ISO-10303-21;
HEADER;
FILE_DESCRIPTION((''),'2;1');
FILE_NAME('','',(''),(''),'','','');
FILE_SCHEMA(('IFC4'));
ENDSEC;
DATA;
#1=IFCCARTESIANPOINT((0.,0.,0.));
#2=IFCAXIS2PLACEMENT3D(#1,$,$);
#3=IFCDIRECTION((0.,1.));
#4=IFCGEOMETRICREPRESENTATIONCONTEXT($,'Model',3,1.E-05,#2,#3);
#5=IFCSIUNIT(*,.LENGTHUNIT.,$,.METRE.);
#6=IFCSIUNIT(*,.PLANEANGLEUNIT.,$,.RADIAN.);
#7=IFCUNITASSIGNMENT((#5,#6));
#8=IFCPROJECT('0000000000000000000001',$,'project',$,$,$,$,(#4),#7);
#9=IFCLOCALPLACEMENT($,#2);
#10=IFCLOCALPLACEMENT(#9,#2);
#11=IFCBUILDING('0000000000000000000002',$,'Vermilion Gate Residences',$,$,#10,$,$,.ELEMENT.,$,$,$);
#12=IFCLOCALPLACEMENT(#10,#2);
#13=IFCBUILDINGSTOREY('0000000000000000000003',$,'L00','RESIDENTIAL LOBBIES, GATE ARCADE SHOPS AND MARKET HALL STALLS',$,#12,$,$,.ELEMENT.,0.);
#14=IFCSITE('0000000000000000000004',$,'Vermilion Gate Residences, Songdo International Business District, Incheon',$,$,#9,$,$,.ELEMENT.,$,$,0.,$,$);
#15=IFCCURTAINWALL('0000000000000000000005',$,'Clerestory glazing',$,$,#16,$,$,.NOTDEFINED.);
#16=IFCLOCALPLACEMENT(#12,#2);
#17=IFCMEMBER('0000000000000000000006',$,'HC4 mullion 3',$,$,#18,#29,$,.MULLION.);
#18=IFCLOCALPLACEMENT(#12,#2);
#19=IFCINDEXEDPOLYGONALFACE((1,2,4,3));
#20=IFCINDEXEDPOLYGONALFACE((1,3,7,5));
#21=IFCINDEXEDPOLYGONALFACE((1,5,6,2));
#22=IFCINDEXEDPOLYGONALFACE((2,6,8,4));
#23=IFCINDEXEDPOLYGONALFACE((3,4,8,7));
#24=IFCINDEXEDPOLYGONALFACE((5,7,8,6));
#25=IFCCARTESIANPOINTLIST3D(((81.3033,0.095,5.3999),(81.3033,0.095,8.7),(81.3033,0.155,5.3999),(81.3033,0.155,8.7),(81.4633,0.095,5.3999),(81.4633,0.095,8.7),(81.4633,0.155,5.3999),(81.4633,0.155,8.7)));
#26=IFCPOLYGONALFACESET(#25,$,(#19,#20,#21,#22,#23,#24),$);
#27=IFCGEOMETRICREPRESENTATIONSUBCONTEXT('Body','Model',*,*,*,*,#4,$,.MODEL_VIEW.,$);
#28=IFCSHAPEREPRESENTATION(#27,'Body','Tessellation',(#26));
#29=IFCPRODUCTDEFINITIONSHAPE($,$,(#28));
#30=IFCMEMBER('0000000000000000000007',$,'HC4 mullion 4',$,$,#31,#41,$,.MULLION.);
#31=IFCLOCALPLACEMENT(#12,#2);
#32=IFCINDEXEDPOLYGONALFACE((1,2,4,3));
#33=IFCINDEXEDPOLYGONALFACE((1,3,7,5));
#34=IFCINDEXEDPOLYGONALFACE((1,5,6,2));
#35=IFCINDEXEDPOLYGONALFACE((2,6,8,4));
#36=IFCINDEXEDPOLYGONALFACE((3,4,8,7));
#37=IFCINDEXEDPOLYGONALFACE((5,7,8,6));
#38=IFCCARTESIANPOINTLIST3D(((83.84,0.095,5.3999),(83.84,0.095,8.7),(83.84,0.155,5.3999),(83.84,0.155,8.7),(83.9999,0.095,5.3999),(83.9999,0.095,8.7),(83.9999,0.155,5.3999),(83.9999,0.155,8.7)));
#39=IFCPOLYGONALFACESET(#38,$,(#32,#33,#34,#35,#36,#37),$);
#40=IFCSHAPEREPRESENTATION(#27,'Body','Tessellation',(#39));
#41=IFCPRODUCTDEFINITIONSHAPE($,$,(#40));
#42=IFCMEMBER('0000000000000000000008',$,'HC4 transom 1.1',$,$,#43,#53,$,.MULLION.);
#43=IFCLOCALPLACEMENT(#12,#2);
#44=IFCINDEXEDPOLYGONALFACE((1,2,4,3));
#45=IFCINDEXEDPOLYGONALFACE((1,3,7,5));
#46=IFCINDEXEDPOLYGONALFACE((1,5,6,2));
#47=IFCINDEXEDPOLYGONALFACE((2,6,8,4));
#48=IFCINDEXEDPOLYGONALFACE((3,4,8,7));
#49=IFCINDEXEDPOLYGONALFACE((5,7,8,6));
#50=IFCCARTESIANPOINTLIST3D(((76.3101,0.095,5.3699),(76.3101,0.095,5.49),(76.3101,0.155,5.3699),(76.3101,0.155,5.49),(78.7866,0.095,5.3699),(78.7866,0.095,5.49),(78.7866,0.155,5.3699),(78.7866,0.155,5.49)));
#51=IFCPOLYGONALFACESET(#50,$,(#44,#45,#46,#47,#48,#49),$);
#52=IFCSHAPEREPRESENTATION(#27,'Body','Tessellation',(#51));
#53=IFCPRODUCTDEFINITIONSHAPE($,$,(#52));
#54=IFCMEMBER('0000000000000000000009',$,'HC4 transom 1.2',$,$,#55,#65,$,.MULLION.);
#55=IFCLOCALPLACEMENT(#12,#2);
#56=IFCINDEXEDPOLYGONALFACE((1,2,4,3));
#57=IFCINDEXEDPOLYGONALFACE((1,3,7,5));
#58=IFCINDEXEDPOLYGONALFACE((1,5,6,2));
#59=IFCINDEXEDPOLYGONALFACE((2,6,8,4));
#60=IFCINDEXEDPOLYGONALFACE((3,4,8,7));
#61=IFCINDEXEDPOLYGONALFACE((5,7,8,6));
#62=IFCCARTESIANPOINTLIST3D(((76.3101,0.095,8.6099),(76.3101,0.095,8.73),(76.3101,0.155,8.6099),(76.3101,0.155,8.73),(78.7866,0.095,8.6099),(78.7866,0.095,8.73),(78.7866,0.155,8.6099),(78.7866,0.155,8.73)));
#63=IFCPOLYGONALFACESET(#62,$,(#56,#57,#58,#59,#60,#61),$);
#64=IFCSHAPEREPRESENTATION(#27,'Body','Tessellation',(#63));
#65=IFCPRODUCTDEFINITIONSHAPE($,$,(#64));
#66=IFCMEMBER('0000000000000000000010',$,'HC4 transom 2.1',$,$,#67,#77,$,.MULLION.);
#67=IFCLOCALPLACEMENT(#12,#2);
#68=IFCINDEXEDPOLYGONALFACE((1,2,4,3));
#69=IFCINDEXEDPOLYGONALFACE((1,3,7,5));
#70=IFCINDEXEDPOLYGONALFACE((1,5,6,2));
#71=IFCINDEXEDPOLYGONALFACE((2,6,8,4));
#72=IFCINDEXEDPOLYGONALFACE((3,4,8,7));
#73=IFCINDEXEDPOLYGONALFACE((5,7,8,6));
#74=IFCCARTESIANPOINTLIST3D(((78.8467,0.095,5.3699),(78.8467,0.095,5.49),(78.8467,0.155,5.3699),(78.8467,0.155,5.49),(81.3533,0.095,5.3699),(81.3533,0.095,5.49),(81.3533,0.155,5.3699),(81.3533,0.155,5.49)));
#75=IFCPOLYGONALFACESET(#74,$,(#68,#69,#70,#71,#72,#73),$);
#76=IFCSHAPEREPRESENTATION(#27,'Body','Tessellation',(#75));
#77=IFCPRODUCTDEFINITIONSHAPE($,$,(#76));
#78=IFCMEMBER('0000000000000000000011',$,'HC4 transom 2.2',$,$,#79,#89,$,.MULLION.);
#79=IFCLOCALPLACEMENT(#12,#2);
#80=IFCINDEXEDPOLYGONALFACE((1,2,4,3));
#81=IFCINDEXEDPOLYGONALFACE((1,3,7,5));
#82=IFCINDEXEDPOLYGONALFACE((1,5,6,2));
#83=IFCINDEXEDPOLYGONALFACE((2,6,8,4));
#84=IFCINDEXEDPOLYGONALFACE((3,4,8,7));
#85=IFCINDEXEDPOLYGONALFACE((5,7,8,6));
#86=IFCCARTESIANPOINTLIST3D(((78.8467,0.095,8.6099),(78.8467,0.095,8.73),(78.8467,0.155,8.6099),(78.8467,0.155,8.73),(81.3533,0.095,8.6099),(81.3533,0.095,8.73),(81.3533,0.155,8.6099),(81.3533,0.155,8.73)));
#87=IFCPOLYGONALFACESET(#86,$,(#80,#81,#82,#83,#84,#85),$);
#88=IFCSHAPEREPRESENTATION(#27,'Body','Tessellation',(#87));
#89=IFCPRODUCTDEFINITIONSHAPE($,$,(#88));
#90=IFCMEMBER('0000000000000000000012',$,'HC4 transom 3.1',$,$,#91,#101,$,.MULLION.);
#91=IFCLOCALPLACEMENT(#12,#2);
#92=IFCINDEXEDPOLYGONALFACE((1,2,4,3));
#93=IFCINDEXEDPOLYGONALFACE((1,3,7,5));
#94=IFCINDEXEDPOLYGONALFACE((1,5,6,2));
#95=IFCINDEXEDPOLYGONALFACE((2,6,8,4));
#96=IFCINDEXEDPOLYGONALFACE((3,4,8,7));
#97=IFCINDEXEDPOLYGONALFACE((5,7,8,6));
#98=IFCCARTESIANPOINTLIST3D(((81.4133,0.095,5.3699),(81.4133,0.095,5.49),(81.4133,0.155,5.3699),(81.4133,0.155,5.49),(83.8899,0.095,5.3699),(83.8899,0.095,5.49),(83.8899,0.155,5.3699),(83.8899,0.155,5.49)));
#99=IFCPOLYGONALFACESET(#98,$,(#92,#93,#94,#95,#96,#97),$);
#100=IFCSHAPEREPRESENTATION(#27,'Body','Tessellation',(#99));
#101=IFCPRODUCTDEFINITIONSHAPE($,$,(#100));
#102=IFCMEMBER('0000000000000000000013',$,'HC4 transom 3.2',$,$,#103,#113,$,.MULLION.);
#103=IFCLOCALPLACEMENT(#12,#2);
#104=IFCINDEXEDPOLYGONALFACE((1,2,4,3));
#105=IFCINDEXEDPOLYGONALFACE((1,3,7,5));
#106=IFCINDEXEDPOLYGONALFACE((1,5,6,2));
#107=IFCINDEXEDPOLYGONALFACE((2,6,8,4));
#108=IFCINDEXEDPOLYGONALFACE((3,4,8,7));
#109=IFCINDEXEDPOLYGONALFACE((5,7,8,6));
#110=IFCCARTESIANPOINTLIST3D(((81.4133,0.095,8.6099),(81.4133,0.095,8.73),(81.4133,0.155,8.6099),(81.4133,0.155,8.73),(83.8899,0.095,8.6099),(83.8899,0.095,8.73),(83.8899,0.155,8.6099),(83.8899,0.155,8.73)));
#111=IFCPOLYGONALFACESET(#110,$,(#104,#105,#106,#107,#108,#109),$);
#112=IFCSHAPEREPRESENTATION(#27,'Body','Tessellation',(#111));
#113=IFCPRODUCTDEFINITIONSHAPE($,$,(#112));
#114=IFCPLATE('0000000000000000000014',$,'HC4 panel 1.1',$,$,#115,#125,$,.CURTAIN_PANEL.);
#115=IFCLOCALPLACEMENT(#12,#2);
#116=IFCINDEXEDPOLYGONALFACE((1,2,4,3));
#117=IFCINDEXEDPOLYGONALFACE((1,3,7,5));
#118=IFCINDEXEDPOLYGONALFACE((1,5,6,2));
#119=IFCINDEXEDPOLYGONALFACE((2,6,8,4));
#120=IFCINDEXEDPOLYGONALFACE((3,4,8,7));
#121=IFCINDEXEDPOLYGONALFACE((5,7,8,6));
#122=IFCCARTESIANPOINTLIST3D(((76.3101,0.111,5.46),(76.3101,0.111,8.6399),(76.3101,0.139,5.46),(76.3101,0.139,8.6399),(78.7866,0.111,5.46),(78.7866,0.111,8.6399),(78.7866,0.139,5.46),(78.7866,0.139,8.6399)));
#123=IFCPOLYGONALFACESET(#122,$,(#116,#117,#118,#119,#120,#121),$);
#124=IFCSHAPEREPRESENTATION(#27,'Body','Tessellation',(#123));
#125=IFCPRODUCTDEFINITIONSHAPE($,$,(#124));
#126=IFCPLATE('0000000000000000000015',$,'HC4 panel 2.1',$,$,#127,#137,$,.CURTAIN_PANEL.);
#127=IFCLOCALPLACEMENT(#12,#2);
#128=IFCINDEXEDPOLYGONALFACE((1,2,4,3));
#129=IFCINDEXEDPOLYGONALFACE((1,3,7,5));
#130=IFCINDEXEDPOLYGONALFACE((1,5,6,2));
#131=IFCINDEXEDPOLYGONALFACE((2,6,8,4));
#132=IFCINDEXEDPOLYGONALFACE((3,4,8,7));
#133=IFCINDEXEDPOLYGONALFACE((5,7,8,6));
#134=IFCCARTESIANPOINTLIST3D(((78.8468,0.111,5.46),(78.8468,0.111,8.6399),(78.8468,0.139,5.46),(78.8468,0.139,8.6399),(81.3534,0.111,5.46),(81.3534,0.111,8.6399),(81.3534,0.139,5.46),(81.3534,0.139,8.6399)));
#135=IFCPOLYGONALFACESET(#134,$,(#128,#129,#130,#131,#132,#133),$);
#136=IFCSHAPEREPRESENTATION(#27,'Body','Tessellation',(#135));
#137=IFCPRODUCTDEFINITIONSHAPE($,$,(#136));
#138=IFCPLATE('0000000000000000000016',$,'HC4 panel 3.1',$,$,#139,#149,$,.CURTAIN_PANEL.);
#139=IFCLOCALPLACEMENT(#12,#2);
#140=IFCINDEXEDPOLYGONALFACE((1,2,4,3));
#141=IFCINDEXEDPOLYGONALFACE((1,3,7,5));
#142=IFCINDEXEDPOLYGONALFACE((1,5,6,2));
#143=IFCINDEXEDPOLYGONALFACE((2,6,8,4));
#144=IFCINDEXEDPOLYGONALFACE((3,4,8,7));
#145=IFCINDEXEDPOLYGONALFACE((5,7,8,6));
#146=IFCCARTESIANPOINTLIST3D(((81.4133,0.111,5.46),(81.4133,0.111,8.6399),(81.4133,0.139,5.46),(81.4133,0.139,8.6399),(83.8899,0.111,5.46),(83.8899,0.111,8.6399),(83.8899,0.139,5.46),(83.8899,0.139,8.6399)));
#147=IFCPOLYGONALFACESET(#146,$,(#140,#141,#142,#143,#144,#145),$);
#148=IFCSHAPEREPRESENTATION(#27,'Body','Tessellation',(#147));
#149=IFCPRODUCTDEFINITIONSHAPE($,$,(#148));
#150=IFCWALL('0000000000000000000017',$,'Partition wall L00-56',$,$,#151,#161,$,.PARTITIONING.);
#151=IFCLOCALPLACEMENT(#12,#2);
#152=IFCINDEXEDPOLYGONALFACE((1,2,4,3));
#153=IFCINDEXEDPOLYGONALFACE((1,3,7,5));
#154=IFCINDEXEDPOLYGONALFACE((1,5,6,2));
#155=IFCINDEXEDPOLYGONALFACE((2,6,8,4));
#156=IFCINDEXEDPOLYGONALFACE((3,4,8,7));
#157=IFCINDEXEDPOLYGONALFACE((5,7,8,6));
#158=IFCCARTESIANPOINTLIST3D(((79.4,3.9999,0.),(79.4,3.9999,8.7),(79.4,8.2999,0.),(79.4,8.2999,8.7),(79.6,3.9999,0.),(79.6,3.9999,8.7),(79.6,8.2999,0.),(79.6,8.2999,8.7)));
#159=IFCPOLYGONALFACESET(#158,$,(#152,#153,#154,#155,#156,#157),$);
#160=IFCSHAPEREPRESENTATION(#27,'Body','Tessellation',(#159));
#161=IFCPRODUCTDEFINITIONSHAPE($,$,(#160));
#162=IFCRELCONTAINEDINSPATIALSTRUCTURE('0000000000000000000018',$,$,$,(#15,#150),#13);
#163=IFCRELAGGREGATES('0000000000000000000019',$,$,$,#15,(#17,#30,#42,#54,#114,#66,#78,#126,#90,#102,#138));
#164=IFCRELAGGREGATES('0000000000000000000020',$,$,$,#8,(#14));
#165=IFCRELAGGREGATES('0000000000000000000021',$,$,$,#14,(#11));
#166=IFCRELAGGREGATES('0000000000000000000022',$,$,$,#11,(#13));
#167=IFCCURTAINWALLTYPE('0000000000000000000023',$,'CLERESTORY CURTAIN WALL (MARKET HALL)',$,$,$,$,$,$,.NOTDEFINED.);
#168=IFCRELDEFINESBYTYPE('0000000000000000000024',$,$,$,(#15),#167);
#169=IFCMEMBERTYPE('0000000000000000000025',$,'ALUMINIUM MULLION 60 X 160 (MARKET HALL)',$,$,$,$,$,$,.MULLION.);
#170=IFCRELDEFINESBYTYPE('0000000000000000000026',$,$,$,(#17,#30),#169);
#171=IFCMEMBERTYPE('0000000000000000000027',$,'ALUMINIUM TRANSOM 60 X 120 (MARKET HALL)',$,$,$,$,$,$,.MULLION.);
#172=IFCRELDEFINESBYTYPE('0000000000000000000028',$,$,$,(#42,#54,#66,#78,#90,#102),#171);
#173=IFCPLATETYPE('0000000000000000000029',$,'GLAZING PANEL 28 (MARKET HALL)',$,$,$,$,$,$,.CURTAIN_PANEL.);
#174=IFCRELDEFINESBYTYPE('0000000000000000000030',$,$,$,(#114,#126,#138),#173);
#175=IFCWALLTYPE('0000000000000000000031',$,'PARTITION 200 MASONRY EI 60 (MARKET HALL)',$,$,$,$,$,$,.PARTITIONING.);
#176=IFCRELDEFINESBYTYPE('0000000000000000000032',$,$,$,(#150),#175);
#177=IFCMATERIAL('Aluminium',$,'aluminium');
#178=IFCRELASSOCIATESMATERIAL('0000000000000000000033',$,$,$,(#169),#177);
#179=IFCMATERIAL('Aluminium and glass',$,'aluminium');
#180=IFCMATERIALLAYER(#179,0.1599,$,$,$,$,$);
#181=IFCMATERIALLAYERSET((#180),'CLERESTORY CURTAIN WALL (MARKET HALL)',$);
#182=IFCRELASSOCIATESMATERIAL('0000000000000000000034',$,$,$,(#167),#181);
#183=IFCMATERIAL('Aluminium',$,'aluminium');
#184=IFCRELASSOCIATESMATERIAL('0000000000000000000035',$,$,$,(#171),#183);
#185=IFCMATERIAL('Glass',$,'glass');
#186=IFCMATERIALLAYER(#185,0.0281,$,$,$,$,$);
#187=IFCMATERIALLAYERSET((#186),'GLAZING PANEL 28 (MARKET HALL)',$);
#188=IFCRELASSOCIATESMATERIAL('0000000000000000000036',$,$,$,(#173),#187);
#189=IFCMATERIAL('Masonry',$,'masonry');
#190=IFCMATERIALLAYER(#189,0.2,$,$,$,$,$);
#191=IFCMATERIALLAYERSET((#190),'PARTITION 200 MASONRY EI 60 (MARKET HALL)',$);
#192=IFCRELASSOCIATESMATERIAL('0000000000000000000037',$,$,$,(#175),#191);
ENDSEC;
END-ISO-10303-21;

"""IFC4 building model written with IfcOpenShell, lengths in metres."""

from ifc_helpers import new_model, si_unit, direction, frame, frame_2d, origin, origin_2d, place, context, subcontext, project, spatial, rectangle, extrude, material, layer, layer_set, material_profile, profile_set, type_object, element, aggregate, save


model = new_model("IFC4")

# Units and contexts
model_context = context("Model", 3, precision=1e-05, world=origin(), true_north=direction((0.0, 1.0)))
body_context = subcontext(model_context, "Body", "Model", "MODEL_VIEW")
ifc_project = project(units=[si_unit("LENGTHUNIT", "METRE"), si_unit("PLANEANGLEUNIT", "RADIAN")], contexts=[model_context])

# Site, building, storey
site_placement = place(None, origin())
site = spatial("IfcSite", under=ifc_project, at=site_placement, Name="Vermilion Gate Residences, Songdo International Business District, Incheon", CompositionType="ELEMENT", RefElevation=0.0)
building_placement = place(site_placement, origin())
building = spatial("IfcBuilding", under=site, at=building_placement, Name="Vermilion Gate Residences", CompositionType="ELEMENT")
storey_placement = place(building_placement, origin())
storey = spatial("IfcBuildingStorey", under=building, at=storey_placement, Name="L00", Description="RESIDENTIAL LOBBIES, GATE ARCADE SHOPS AND MARKET HALL STALLS", CompositionType="ELEMENT", Elevation=0.0)

# Shared definitions
ifc_material_1 = material(Name="Aluminium", Category="aluminium")
ifc_material_profile_1 = material_profile(ifc_material_1, rectangle(XDim=0.0601, YDim=0.1599, at=origin_2d()), Name="ALUMINIUM MULLION 60 X 160 (MARKET HALL)")
ifc_profile_set_1 = profile_set([ifc_material_profile_1], Name="Aluminium")
member_type_1 = type_object("IfcMemberType", Name="ALUMINIUM MULLION 60 X 160 (MARKET HALL)", PredefinedType="MULLION", material=ifc_profile_set_1)
ifc_material_2 = material(Name="Aluminium and glass", Category="aluminium")
ifc_layer_1 = layer(ifc_material_2, 0.1599)
ifc_layer_set_1 = layer_set([ifc_layer_1], Name="CLERESTORY CURTAIN WALL (MARKET HALL)")
curtain_wall_type_1 = type_object("IfcCurtainWallType", Name="CLERESTORY CURTAIN WALL (MARKET HALL)", PredefinedType="NOTDEFINED", material=ifc_layer_set_1)

# Curtain wall, members, plates
curtain_wall_1_placement = place(storey_placement, origin())
curtain_wall_1 = element("IfcCurtainWall", 1, at=curtain_wall_1_placement, inside=storey, type_object=curtain_wall_type_1, Name="Clerestory glazing", PredefinedType="NOTDEFINED")
member_1_placement = place(storey_placement, frame((81.3833, 0.125, 5.3999), z_axis=(0.0, 0.0, 1.0), x_axis=(0.0, 1.0, 0.0)))
member_1 = element("IfcMember", 2, at=member_1_placement, type_object=member_type_1, Name="HC4 mullion 3", PredefinedType="MULLION", context=body_context, shape_type="SweptSolid", body=[
    extrude(rectangle(XDim=0.0601, YDim=0.1599, at=origin_2d()), origin(), (0.0, 0.0, 1.0), 3.3),
])
member_2_placement = place(storey_placement, frame((83.9199, 0.125, 5.3999), z_axis=(0.0, 0.0, 1.0), x_axis=(0.0, 1.0, 0.0)))
member_2 = element("IfcMember", 3, at=member_2_placement, type_object=member_type_1, Name="HC4 mullion 4", PredefinedType="MULLION", context=body_context, shape_type="SweptSolid", body=[
    extrude(rectangle(XDim=0.0601, YDim=0.1599, at=origin_2d()), origin(), (0.0, 0.0, 1.0), 3.3),
])
ifc_material_3 = material(Name="Aluminium", Category="aluminium")
ifc_material_profile_2 = material_profile(ifc_material_3, rectangle(XDim=0.0601, YDim=0.1201, at=origin_2d()), Name="ALUMINIUM TRANSOM 60 X 120 (MARKET HALL)")
ifc_profile_set_2 = profile_set([ifc_material_profile_2], Name="Aluminium")
member_type_2 = type_object("IfcMemberType", Name="ALUMINIUM TRANSOM 60 X 120 (MARKET HALL)", PredefinedType="MULLION", material=ifc_profile_set_2)
member_3_placement = place(storey_placement, frame((76.3101, 0.125, 5.4299), z_axis=(1.0, 0.0, 0.0), x_axis=(0.0, 1.0, 0.0)))
member_3 = element("IfcMember", 4, at=member_3_placement, type_object=member_type_2, Name="HC4 transom 1.1", PredefinedType="MULLION", context=body_context, shape_type="SweptSolid", body=[
    extrude(rectangle(XDim=0.0601, YDim=0.1201, at=origin_2d()), origin(), (0.0, 0.0, 1.0), 2.4766),
])
member_4_placement = place(storey_placement, frame((76.3101, 0.125, 8.6699), z_axis=(1.0, 0.0, 0.0), x_axis=(0.0, 1.0, 0.0)))
member_4 = element("IfcMember", 5, at=member_4_placement, type_object=member_type_2, Name="HC4 transom 1.2", PredefinedType="MULLION", context=body_context, shape_type="SweptSolid", body=[
    extrude(rectangle(XDim=0.0601, YDim=0.1201, at=origin_2d()), origin(), (0.0, 0.0, 1.0), 2.4766),
])
member_5_placement = place(storey_placement, frame((78.8467, 0.125, 5.4299), z_axis=(1.0, 0.0, 0.0), x_axis=(0.0, 1.0, 0.0)))
member_5 = element("IfcMember", 6, at=member_5_placement, type_object=member_type_2, Name="HC4 transom 2.1", PredefinedType="MULLION", context=body_context, shape_type="SweptSolid", body=[
    extrude(rectangle(XDim=0.0601, YDim=0.1201, at=origin_2d()), origin(), (0.0, 0.0, 1.0), 2.5066),
])
member_6_placement = place(storey_placement, frame((78.8467, 0.125, 8.6699), z_axis=(1.0, 0.0, 0.0), x_axis=(0.0, 1.0, 0.0)))
member_6 = element("IfcMember", 7, at=member_6_placement, type_object=member_type_2, Name="HC4 transom 2.2", PredefinedType="MULLION", context=body_context, shape_type="SweptSolid", body=[
    extrude(rectangle(XDim=0.0601, YDim=0.1201, at=origin_2d()), origin(), (0.0, 0.0, 1.0), 2.5066),
])
member_7_placement = place(storey_placement, frame((81.4133, 0.125, 5.4299), z_axis=(1.0, 0.0, 0.0), x_axis=(0.0, 1.0, 0.0)))
member_7 = element("IfcMember", 8, at=member_7_placement, type_object=member_type_2, Name="HC4 transom 3.1", PredefinedType="MULLION", context=body_context, shape_type="SweptSolid", body=[
    extrude(rectangle(XDim=0.0601, YDim=0.1201, at=origin_2d()), origin(), (0.0, 0.0, 1.0), 2.4766),
])
member_8_placement = place(storey_placement, frame((81.4133, 0.125, 8.6699), z_axis=(1.0, 0.0, 0.0), x_axis=(0.0, 1.0, 0.0)))
member_8 = element("IfcMember", 9, at=member_8_placement, type_object=member_type_2, Name="HC4 transom 3.2", PredefinedType="MULLION", context=body_context, shape_type="SweptSolid", body=[
    extrude(rectangle(XDim=0.0601, YDim=0.1201, at=origin_2d()), origin(), (0.0, 0.0, 1.0), 2.4766),
])
ifc_material_4 = material(Name="Glass", Category="glass")
ifc_layer_2 = layer(ifc_material_4, 0.0281)
ifc_layer_set_2 = layer_set([ifc_layer_2], Name="GLAZING PANEL 28 (MARKET HALL)")
plate_type = type_object("IfcPlateType", Name="GLAZING PANEL 28 (MARKET HALL)", PredefinedType="CURTAIN_PANEL", material=ifc_layer_set_2)
plate_1_placement = place(storey_placement, frame((77.5483, 0.125, 5.46), z_axis=(0.0, 0.0, 1.0), x_axis=(1.0, 0.0, 0.0)))
plate_1 = element("IfcPlate", 10, at=plate_1_placement, type_object=plate_type, Name="HC4 panel 1.1", PredefinedType="CURTAIN_PANEL", context=body_context, shape_type="SweptSolid", body=[
    extrude(rectangle(XDim=2.4766, YDim=0.0281, at=origin_2d()), origin(), (0.0, 0.0, 1.0), 3.1799),
])
plate_2_placement = place(storey_placement, frame((80.1001, 0.125, 5.46), z_axis=(0.0, 0.0, 1.0), x_axis=(1.0, 0.0, 0.0)))
plate_2 = element("IfcPlate", 11, at=plate_2_placement, type_object=plate_type, Name="HC4 panel 2.1", PredefinedType="CURTAIN_PANEL", context=body_context, shape_type="SweptSolid", body=[
    extrude(rectangle(XDim=2.5066, YDim=0.0281, at=origin_2d()), origin(), (0.0, 0.0, 1.0), 3.1799),
])
plate_3_placement = place(storey_placement, frame((82.6516, 0.125, 5.46), z_axis=(0.0, 0.0, 1.0), x_axis=(1.0, 0.0, 0.0)))
plate_3 = element("IfcPlate", 12, at=plate_3_placement, type_object=plate_type, Name="HC4 panel 3.1", PredefinedType="CURTAIN_PANEL", context=body_context, shape_type="SweptSolid", body=[
    extrude(rectangle(XDim=2.4766, YDim=0.0281, at=origin_2d()), origin(), (0.0, 0.0, 1.0), 3.1799),
])
aggregate(curtain_wall_1, [member_1, member_2, member_3, member_4, plate_1, member_5, member_6, plate_2, member_7, member_8, plate_3])

# Wall
ifc_material_5 = material(Name="Masonry", Category="masonry")
ifc_layer_3 = layer(ifc_material_5, 0.2)
ifc_layer_set_3 = layer_set([ifc_layer_3], Name="PARTITION 200 MASONRY EI 60 (MARKET HALL)")
wall_type_1 = type_object("IfcWallType", Name="PARTITION 200 MASONRY EI 60 (MARKET HALL)", PredefinedType="PARTITIONING", material=ifc_layer_set_3)
wall_1_placement = place(storey_placement, frame((79.5, 4.0, 0.0), z_axis=(0.0, 0.0, 1.0), x_axis=(0.0, 1.0, 0.0)))
element("IfcWall", 13, at=wall_1_placement, inside=storey, type_object=wall_type_1, Name="Partition wall L00-56", PredefinedType="PARTITIONING", context=body_context, shape_type="SweptSolid", body=[
    extrude(rectangle(XDim=4.3, YDim=0.2, at=frame_2d((2.1499, 0.0))), origin(), (0.0, 0.0, 1.0), 8.7),
])

save(model, "model.ifc")
